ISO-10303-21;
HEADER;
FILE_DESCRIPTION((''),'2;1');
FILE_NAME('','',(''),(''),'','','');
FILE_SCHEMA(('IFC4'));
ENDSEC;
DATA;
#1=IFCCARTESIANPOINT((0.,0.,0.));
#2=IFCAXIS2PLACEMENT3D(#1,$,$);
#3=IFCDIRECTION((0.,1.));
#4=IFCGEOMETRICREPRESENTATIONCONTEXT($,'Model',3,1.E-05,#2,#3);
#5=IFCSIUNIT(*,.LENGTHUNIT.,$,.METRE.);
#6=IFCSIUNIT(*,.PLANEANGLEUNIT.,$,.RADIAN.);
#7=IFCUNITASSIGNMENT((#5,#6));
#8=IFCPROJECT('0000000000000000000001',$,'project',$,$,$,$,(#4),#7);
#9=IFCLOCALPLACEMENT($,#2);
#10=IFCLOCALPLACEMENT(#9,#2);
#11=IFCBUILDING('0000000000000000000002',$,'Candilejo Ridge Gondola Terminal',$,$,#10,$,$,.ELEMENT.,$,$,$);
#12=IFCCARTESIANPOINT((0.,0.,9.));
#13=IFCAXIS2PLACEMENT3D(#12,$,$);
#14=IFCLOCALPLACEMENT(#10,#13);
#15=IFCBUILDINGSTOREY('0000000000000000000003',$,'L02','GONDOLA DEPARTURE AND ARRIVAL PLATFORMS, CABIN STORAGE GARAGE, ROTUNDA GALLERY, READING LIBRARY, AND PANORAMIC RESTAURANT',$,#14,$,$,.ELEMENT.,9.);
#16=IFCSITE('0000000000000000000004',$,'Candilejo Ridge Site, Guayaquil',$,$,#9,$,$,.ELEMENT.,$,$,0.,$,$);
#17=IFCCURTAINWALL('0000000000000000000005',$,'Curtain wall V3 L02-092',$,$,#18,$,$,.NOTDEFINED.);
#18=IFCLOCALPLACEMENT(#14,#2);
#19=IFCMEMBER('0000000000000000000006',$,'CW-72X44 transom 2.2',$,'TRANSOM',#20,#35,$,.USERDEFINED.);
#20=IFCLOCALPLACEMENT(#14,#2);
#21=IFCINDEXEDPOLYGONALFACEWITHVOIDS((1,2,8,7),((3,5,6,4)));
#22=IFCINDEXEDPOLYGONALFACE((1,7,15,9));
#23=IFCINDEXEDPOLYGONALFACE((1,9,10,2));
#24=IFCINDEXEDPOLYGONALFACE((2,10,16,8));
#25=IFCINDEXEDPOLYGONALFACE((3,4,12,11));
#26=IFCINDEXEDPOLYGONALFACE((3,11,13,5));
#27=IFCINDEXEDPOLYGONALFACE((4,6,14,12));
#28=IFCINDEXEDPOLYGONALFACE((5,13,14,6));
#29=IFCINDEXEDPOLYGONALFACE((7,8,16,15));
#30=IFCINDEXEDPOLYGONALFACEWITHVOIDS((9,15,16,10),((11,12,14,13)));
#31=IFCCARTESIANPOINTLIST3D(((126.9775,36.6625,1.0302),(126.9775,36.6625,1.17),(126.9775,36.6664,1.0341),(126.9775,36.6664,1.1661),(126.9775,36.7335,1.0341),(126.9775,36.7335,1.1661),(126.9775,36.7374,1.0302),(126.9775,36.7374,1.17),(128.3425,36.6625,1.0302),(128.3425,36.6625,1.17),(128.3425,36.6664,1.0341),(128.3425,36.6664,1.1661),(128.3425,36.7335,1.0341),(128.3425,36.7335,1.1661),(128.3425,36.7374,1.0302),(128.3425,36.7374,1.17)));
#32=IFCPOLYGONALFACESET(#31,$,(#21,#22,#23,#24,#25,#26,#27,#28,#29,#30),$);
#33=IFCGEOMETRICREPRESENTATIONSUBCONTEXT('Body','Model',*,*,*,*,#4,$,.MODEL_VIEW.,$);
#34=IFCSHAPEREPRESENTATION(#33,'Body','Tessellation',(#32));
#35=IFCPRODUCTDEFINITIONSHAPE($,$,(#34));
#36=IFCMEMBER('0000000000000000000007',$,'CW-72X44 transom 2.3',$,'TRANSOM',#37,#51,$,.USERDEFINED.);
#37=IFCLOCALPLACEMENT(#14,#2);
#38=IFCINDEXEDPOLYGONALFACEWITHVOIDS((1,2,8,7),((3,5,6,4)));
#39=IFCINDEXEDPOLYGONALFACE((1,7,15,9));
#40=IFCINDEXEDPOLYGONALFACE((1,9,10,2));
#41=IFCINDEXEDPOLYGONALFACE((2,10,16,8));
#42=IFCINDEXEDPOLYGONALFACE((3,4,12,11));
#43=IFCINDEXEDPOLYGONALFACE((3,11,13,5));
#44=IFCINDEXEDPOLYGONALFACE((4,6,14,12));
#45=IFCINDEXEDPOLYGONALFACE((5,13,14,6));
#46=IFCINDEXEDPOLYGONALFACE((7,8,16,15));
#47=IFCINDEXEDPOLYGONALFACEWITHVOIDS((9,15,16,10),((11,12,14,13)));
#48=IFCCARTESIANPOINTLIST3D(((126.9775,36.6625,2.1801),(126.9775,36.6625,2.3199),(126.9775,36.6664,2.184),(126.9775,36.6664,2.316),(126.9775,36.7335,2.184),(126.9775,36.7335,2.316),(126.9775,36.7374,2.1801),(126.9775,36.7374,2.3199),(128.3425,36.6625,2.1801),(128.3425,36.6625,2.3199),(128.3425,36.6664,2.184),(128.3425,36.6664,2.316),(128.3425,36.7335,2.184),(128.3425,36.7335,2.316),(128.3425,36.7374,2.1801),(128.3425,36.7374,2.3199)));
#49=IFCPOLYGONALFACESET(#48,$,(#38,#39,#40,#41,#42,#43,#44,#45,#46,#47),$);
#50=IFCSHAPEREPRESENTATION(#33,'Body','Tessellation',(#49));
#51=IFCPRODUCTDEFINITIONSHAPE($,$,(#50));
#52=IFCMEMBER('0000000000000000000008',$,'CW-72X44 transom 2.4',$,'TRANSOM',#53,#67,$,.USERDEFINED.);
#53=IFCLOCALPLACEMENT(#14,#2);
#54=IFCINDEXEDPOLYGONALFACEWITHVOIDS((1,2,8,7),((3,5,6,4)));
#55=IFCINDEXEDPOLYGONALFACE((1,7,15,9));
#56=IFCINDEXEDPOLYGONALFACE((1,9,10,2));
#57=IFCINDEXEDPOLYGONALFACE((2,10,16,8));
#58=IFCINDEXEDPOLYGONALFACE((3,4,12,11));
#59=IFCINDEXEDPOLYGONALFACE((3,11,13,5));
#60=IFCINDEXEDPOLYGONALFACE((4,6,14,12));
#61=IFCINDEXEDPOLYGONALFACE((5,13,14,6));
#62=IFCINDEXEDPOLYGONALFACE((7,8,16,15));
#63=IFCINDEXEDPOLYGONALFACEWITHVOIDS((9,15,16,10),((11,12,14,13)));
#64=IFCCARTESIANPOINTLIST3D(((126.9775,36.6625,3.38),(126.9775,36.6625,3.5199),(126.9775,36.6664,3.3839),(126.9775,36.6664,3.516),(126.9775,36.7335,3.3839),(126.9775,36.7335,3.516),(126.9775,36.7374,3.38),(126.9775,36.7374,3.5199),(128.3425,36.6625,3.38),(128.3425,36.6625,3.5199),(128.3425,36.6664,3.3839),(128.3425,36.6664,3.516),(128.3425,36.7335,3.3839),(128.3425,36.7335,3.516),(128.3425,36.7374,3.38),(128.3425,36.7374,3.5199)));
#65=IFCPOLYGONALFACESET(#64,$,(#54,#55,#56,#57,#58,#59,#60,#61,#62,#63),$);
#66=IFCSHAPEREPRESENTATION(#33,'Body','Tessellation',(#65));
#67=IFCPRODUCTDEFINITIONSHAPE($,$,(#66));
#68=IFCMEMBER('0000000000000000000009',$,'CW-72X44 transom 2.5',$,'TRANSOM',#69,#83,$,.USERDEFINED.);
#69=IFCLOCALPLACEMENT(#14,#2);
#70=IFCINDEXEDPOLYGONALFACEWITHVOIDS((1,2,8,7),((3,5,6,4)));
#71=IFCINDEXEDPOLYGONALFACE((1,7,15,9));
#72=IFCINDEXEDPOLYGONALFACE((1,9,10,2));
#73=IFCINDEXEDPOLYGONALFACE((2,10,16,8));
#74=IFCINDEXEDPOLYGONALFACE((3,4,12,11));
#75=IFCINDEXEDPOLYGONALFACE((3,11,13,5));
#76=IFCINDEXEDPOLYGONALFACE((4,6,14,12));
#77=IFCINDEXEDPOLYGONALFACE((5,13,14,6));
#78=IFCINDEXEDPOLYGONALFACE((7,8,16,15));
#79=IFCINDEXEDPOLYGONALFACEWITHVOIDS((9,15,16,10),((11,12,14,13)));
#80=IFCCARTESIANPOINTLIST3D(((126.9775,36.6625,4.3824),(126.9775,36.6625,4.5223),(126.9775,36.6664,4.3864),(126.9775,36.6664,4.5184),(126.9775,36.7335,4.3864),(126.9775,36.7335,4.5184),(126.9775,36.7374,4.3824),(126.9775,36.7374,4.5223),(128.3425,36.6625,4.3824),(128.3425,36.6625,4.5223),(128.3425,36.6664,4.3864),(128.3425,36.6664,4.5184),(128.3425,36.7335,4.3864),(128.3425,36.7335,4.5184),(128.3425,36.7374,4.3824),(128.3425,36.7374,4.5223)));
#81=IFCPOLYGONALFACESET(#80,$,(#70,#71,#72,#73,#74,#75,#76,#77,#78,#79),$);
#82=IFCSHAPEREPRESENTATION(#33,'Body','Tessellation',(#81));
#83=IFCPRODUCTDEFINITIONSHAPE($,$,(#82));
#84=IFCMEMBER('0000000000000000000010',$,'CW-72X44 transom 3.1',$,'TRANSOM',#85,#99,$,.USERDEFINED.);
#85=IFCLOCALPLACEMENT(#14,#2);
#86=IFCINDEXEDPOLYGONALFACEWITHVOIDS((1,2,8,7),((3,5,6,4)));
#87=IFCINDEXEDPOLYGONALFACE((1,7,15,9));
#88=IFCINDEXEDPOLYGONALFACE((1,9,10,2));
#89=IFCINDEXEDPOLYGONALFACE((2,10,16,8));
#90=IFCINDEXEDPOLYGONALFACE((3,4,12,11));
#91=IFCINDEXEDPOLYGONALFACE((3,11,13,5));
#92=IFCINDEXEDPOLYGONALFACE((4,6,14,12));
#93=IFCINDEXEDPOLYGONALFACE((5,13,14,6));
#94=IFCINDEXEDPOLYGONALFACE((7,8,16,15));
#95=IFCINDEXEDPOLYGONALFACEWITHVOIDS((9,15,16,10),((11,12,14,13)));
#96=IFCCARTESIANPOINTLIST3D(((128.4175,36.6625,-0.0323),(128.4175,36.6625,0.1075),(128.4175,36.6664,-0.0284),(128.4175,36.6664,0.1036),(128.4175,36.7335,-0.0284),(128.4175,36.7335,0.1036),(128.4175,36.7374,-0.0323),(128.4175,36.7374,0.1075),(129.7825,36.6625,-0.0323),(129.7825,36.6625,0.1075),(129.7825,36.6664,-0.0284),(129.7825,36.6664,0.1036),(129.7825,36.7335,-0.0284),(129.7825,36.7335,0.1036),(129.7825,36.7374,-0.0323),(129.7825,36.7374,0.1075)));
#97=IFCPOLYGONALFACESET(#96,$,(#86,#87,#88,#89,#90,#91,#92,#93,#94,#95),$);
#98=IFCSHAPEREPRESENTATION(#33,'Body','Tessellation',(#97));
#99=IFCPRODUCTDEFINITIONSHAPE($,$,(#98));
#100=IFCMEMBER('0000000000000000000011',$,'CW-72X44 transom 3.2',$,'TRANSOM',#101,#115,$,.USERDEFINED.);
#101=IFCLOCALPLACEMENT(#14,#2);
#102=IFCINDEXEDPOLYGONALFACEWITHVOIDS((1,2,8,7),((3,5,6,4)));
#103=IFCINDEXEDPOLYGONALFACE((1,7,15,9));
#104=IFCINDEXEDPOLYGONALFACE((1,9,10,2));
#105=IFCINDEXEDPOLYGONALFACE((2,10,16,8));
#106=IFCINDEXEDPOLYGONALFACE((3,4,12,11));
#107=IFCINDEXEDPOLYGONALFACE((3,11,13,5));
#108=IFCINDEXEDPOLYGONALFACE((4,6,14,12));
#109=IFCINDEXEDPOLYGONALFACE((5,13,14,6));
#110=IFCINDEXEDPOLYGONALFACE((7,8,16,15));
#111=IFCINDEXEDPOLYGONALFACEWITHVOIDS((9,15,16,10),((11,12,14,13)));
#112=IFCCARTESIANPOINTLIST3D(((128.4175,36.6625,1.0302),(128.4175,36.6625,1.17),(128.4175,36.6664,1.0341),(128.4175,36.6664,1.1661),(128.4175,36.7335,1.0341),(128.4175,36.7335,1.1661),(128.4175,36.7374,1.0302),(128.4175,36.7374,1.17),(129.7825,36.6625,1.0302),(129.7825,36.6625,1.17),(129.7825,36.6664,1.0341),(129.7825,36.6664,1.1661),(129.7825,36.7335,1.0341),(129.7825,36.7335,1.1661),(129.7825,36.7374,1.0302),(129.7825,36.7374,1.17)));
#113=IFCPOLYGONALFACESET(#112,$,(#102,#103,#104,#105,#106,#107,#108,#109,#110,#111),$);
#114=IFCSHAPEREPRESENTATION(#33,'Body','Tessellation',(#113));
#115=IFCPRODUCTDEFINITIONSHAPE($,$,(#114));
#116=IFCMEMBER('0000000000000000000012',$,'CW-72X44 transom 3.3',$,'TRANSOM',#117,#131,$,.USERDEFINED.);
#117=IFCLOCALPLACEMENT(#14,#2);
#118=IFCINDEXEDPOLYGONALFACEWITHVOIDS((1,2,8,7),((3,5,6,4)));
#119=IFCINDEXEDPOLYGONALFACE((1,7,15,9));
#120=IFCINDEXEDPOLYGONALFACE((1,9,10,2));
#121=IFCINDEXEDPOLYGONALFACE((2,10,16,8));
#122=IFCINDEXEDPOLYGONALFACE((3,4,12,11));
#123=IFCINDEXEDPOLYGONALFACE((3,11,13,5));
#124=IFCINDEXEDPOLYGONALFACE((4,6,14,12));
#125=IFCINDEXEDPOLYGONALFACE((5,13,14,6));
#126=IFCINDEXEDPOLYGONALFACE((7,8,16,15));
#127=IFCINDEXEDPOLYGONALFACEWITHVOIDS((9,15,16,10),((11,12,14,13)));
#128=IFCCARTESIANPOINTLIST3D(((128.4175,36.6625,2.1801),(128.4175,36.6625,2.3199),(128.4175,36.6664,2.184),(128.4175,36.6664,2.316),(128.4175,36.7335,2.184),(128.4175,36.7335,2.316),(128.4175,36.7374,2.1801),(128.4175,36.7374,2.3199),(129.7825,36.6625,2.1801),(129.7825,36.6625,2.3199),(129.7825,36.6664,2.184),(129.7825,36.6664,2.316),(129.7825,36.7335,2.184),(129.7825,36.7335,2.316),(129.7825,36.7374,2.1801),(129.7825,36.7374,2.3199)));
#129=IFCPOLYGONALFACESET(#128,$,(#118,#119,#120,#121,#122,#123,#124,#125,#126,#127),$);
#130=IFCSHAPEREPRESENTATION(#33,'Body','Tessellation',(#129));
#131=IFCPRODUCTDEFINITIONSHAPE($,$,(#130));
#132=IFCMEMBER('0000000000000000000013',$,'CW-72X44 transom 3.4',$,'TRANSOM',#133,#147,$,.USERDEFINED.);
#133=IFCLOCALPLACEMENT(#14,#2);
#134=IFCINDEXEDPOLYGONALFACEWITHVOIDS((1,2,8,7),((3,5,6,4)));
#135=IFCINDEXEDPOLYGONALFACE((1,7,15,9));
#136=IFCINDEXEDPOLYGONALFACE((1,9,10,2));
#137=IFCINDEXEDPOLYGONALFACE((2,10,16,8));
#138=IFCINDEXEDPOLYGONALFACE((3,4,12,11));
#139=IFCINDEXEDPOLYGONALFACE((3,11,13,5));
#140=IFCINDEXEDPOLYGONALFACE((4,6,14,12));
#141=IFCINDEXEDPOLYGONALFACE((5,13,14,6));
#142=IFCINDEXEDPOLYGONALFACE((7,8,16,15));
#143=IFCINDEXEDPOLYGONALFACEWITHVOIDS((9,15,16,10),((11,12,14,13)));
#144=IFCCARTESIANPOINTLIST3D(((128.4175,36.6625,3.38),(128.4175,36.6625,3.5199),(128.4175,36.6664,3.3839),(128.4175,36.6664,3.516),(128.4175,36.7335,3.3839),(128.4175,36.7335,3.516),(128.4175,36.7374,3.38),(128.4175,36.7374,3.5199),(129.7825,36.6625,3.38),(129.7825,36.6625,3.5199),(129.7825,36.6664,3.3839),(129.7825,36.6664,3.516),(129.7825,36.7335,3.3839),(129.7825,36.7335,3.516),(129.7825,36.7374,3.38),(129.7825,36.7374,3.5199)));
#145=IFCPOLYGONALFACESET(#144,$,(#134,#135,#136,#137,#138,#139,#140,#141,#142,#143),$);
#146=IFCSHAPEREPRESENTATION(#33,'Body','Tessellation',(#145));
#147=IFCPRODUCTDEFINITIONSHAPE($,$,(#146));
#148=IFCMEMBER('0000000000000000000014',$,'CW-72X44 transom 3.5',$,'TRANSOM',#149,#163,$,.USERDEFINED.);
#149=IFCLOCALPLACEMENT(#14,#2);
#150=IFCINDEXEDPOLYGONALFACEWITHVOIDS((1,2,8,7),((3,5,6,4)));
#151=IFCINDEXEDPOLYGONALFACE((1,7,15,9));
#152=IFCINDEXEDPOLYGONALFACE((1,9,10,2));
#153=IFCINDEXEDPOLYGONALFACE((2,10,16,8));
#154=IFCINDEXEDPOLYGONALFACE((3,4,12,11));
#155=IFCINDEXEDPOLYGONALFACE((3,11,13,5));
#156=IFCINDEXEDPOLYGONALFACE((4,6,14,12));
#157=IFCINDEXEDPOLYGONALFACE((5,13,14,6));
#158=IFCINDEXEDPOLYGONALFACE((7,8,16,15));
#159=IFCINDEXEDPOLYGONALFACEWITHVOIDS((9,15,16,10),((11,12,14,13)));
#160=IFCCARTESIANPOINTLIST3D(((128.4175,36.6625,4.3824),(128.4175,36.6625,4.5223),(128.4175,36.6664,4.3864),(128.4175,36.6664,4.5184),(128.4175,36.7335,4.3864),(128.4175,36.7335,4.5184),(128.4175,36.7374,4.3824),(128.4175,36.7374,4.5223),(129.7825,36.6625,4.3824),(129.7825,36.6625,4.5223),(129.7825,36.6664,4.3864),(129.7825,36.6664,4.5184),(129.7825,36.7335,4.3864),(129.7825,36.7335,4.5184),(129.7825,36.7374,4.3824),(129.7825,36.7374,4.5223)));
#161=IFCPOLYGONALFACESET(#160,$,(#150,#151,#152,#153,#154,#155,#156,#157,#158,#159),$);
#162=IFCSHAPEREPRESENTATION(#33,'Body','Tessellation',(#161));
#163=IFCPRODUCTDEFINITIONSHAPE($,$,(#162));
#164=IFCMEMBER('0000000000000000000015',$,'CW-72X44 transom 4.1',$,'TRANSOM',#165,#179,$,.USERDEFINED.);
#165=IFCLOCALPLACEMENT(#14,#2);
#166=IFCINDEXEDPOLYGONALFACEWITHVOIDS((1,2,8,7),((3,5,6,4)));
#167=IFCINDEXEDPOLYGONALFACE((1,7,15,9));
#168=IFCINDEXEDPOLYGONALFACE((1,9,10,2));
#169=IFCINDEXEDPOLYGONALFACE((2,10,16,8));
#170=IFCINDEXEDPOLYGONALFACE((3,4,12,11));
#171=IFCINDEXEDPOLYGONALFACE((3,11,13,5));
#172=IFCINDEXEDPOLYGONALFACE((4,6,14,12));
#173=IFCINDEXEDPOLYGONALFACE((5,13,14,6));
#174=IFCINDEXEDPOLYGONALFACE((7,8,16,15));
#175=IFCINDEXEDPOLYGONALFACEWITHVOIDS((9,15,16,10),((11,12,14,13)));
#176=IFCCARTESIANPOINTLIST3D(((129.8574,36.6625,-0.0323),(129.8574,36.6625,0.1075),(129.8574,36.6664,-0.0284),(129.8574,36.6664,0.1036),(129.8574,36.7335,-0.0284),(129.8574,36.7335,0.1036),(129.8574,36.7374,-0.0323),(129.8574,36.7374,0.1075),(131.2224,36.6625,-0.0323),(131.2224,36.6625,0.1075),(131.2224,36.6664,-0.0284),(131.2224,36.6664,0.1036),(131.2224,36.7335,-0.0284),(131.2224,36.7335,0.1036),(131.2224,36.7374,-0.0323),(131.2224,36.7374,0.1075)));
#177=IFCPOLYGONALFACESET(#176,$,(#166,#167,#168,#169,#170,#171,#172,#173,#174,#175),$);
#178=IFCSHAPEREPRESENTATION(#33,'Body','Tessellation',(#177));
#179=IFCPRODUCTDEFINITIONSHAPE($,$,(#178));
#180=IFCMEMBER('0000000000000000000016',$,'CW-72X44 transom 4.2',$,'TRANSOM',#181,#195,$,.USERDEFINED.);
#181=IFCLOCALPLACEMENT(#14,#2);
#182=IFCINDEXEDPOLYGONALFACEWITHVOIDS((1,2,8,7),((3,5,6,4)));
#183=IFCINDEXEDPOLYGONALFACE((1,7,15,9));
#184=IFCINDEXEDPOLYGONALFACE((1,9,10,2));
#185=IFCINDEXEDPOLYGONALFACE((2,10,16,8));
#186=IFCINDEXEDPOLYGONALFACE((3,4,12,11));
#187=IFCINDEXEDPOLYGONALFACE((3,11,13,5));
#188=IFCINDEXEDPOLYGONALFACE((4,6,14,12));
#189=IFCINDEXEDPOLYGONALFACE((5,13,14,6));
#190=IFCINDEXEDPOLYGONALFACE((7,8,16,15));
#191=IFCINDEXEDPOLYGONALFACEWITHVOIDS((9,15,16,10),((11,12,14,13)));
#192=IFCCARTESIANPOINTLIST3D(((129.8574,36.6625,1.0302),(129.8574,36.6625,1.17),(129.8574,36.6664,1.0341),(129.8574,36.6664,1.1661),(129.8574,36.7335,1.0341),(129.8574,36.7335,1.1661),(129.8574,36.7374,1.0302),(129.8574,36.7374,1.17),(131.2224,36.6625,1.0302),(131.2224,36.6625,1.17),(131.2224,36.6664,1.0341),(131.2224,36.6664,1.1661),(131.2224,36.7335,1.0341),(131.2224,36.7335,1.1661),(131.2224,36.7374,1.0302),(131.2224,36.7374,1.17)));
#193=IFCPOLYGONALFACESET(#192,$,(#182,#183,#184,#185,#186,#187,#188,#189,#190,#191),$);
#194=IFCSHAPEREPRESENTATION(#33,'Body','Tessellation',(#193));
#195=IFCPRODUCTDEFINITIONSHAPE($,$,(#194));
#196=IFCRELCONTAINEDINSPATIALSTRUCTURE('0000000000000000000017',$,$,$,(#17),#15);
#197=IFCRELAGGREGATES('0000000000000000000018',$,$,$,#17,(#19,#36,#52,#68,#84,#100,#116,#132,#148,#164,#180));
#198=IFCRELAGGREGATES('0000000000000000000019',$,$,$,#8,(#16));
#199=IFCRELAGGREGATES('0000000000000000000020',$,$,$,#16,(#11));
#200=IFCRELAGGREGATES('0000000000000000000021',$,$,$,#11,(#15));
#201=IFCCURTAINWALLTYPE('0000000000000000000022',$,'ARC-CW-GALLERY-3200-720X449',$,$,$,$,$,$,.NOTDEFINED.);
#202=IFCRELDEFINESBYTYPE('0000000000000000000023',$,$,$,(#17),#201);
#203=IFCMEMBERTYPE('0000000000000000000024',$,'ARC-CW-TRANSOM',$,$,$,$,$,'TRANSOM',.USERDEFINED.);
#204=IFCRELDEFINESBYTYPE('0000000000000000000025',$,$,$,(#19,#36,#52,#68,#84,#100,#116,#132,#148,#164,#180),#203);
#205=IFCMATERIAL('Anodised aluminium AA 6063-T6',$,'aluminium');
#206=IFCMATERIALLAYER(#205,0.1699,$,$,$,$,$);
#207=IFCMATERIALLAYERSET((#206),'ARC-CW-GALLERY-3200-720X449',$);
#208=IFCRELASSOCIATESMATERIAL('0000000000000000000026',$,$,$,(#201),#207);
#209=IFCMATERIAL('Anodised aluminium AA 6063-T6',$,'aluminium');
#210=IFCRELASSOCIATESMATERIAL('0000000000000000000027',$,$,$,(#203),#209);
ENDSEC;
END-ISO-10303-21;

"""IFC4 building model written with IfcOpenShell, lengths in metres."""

from ifc_helpers import new_model, si_unit, direction, frame, origin, origin_2d, place, context, subcontext, project, spatial, hollow_rectangle, extrude, material, layer, layer_set, material_profile, profile_set, type_object, element, aggregate, save


model = new_model("IFC4")

# Units and contexts
model_context = context("Model", 3, precision=1e-05, world=origin(), true_north=direction((0.0, 1.0)))
body_context = subcontext(model_context, "Body", "Model", "MODEL_VIEW")
ifc_project = project(units=[si_unit("LENGTHUNIT", "METRE"), si_unit("PLANEANGLEUNIT", "RADIAN")], contexts=[model_context])

# Site, building, storey
site_placement = place(None, origin())
site = spatial("IfcSite", under=ifc_project, at=site_placement, Name="Candilejo Ridge Site, Guayaquil", CompositionType="ELEMENT", RefElevation=0.0)
building_placement = place(site_placement, origin())
building = spatial("IfcBuilding", under=site, at=building_placement, Name="Candilejo Ridge Gondola Terminal", CompositionType="ELEMENT")
storey_placement = place(building_placement, frame((0.0, 0.0, 9.0)))
storey = spatial("IfcBuildingStorey", under=building, at=storey_placement, Name="L02", Description="GONDOLA DEPARTURE AND ARRIVAL PLATFORMS, CABIN STORAGE GARAGE, ROTUNDA GALLERY, READING LIBRARY, AND PANORAMIC RESTAURANT", CompositionType="ELEMENT", Elevation=9.0)

# Curtain wall, members
ifc_material_1 = material(Name="Anodised aluminium AA 6063-T6", Category="aluminium")
ifc_layer_1 = layer(ifc_material_1, 0.1699)
ifc_layer_set_1 = layer_set([ifc_layer_1], Name="ARC-CW-GALLERY-3200-720X449")
curtain_wall_type = type_object("IfcCurtainWallType", Name="ARC-CW-GALLERY-3200-720X449", PredefinedType="NOTDEFINED", material=ifc_layer_set_1)
curtain_wall_placement = place(storey_placement, origin())
curtain_wall = element("IfcCurtainWall", 1, at=curtain_wall_placement, inside=storey, type_object=curtain_wall_type, Name="Curtain wall V3 L02-092", PredefinedType="NOTDEFINED")
ifc_material_2 = material(Name="Anodised aluminium AA 6063-T6", Category="aluminium")
ifc_material_profile_1 = material_profile(ifc_material_2, hollow_rectangle(XDim=0.075, YDim=0.1399, WallThickness=0.0039, at=origin_2d()))
ifc_profile_set_1 = profile_set([ifc_material_profile_1], Name="Anodised aluminium AA 6063-T6")
member_type_1 = type_object("IfcMemberType", Name="ARC-CW-TRANSOM", ElementType="TRANSOM", PredefinedType="USERDEFINED", material=ifc_profile_set_1)
member_1_placement = place(storey_placement, frame((126.9775, 36.7, 1.1001), z_axis=(1.0, 0.0, 0.0), x_axis=(0.0, 1.0, 0.0)))
member_1 = element("IfcMember", 2, at=member_1_placement, type_object=member_type_1, Name="CW-72X44 transom 2.2", ObjectType="TRANSOM", PredefinedType="USERDEFINED", context=body_context, shape_type="SweptSolid", body=[
    extrude(hollow_rectangle(XDim=0.075, YDim=0.1399, WallThickness=0.0039, at=origin_2d()), origin(), (0.0, 0.0, 1.0), 1.365),
])
member_2_placement = place(storey_placement, frame((126.9775, 36.7, 2.25), z_axis=(1.0, 0.0, 0.0), x_axis=(0.0, 1.0, 0.0)))
member_2 = element("IfcMember", 3, at=member_2_placement, type_object=member_type_1, Name="CW-72X44 transom 2.3", ObjectType="TRANSOM", PredefinedType="USERDEFINED", context=body_context, shape_type="SweptSolid", body=[
    extrude(hollow_rectangle(XDim=0.075, YDim=0.1399, WallThickness=0.0039, at=origin_2d()), origin(), (0.0, 0.0, 1.0), 1.365),
])
member_3_placement = place(storey_placement, frame((126.9775, 36.7, 3.45), z_axis=(1.0, 0.0, 0.0), x_axis=(0.0, 1.0, 0.0)))
member_3 = element("IfcMember", 4, at=member_3_placement, type_object=member_type_1, Name="CW-72X44 transom 2.4", ObjectType="TRANSOM", PredefinedType="USERDEFINED", context=body_context, shape_type="SweptSolid", body=[
    extrude(hollow_rectangle(XDim=0.075, YDim=0.1399, WallThickness=0.0039, at=origin_2d()), origin(), (0.0, 0.0, 1.0), 1.365),
])
member_4_placement = place(storey_placement, frame((126.9775, 36.7, 4.4524), z_axis=(1.0, 0.0, 0.0), x_axis=(0.0, 1.0, 0.0)))
member_4 = element("IfcMember", 5, at=member_4_placement, type_object=member_type_1, Name="CW-72X44 transom 2.5", ObjectType="TRANSOM", PredefinedType="USERDEFINED", context=body_context, shape_type="SweptSolid", body=[
    extrude(hollow_rectangle(XDim=0.075, YDim=0.1399, WallThickness=0.0039, at=origin_2d()), origin(), (0.0, 0.0, 1.0), 1.365),
])
member_5_placement = place(storey_placement, frame((128.4175, 36.7, 0.0376), z_axis=(1.0, 0.0, 0.0), x_axis=(0.0, 1.0, 0.0)))
member_5 = element("IfcMember", 6, at=member_5_placement, type_object=member_type_1, Name="CW-72X44 transom 3.1", ObjectType="TRANSOM", PredefinedType="USERDEFINED", context=body_context, shape_type="SweptSolid", body=[
    extrude(hollow_rectangle(XDim=0.075, YDim=0.1399, WallThickness=0.0039, at=origin_2d()), origin(), (0.0, 0.0, 1.0), 1.365),
])
member_6_placement = place(storey_placement, frame((128.4175, 36.7, 1.1001), z_axis=(1.0, 0.0, 0.0), x_axis=(0.0, 1.0, 0.0)))
member_6 = element("IfcMember", 7, at=member_6_placement, type_object=member_type_1, Name="CW-72X44 transom 3.2", ObjectType="TRANSOM", PredefinedType="USERDEFINED", context=body_context, shape_type="SweptSolid", body=[
    extrude(hollow_rectangle(XDim=0.075, YDim=0.1399, WallThickness=0.0039, at=origin_2d()), origin(), (0.0, 0.0, 1.0), 1.365),
])
member_7_placement = place(storey_placement, frame((128.4175, 36.7, 2.25), z_axis=(1.0, 0.0, 0.0), x_axis=(0.0, 1.0, 0.0)))
member_7 = element("IfcMember", 8, at=member_7_placement, type_object=member_type_1, Name="CW-72X44 transom 3.3", ObjectType="TRANSOM", PredefinedType="USERDEFINED", context=body_context, shape_type="SweptSolid", body=[
    extrude(hollow_rectangle(XDim=0.075, YDim=0.1399, WallThickness=0.0039, at=origin_2d()), origin(), (0.0, 0.0, 1.0), 1.365),
])
member_8_placement = place(storey_placement, frame((128.4175, 36.7, 3.45), z_axis=(1.0, 0.0, 0.0), x_axis=(0.0, 1.0, 0.0)))
member_8 = element("IfcMember", 9, at=member_8_placement, type_object=member_type_1, Name="CW-72X44 transom 3.4", ObjectType="TRANSOM", PredefinedType="USERDEFINED", context=body_context, shape_type="SweptSolid", body=[
    extrude(hollow_rectangle(XDim=0.075, YDim=0.1399, WallThickness=0.0039, at=origin_2d()), origin(), (0.0, 0.0, 1.0), 1.365),
])
member_9_placement = place(storey_placement, frame((128.4175, 36.7, 4.4524), z_axis=(1.0, 0.0, 0.0), x_axis=(0.0, 1.0, 0.0)))
member_9 = element("IfcMember", 10, at=member_9_placement, type_object=member_type_1, Name="CW-72X44 transom 3.5", ObjectType="TRANSOM", PredefinedType="USERDEFINED", context=body_context, shape_type="SweptSolid", body=[
    extrude(hollow_rectangle(XDim=0.075, YDim=0.1399, WallThickness=0.0039, at=origin_2d()), origin(), (0.0, 0.0, 1.0), 1.365),
])
member_10_placement = place(storey_placement, frame((129.8574, 36.7, 0.0376), z_axis=(1.0, 0.0, 0.0), x_axis=(0.0, 1.0, 0.0)))
member_10 = element("IfcMember", 11, at=member_10_placement, type_object=member_type_1, Name="CW-72X44 transom 4.1", ObjectType="TRANSOM", PredefinedType="USERDEFINED", context=body_context, shape_type="SweptSolid", body=[
    extrude(hollow_rectangle(XDim=0.075, YDim=0.1399, WallThickness=0.0039, at=origin_2d()), origin(), (0.0, 0.0, 1.0), 1.365),
])
member_11_placement = place(storey_placement, frame((129.8574, 36.7, 1.1001), z_axis=(1.0, 0.0, 0.0), x_axis=(0.0, 1.0, 0.0)))
member_11 = element("IfcMember", 12, at=member_11_placement, type_object=member_type_1, Name="CW-72X44 transom 4.2", ObjectType="TRANSOM", PredefinedType="USERDEFINED", context=body_context, shape_type="SweptSolid", body=[
    extrude(hollow_rectangle(XDim=0.075, YDim=0.1399, WallThickness=0.0039, at=origin_2d()), origin(), (0.0, 0.0, 1.0), 1.365),
])

aggregate(curtain_wall, [member_1, member_2, member_3, member_4, member_5, member_6, member_7, member_8, member_9, member_10, member_11])

save(model, "model.ifc")
